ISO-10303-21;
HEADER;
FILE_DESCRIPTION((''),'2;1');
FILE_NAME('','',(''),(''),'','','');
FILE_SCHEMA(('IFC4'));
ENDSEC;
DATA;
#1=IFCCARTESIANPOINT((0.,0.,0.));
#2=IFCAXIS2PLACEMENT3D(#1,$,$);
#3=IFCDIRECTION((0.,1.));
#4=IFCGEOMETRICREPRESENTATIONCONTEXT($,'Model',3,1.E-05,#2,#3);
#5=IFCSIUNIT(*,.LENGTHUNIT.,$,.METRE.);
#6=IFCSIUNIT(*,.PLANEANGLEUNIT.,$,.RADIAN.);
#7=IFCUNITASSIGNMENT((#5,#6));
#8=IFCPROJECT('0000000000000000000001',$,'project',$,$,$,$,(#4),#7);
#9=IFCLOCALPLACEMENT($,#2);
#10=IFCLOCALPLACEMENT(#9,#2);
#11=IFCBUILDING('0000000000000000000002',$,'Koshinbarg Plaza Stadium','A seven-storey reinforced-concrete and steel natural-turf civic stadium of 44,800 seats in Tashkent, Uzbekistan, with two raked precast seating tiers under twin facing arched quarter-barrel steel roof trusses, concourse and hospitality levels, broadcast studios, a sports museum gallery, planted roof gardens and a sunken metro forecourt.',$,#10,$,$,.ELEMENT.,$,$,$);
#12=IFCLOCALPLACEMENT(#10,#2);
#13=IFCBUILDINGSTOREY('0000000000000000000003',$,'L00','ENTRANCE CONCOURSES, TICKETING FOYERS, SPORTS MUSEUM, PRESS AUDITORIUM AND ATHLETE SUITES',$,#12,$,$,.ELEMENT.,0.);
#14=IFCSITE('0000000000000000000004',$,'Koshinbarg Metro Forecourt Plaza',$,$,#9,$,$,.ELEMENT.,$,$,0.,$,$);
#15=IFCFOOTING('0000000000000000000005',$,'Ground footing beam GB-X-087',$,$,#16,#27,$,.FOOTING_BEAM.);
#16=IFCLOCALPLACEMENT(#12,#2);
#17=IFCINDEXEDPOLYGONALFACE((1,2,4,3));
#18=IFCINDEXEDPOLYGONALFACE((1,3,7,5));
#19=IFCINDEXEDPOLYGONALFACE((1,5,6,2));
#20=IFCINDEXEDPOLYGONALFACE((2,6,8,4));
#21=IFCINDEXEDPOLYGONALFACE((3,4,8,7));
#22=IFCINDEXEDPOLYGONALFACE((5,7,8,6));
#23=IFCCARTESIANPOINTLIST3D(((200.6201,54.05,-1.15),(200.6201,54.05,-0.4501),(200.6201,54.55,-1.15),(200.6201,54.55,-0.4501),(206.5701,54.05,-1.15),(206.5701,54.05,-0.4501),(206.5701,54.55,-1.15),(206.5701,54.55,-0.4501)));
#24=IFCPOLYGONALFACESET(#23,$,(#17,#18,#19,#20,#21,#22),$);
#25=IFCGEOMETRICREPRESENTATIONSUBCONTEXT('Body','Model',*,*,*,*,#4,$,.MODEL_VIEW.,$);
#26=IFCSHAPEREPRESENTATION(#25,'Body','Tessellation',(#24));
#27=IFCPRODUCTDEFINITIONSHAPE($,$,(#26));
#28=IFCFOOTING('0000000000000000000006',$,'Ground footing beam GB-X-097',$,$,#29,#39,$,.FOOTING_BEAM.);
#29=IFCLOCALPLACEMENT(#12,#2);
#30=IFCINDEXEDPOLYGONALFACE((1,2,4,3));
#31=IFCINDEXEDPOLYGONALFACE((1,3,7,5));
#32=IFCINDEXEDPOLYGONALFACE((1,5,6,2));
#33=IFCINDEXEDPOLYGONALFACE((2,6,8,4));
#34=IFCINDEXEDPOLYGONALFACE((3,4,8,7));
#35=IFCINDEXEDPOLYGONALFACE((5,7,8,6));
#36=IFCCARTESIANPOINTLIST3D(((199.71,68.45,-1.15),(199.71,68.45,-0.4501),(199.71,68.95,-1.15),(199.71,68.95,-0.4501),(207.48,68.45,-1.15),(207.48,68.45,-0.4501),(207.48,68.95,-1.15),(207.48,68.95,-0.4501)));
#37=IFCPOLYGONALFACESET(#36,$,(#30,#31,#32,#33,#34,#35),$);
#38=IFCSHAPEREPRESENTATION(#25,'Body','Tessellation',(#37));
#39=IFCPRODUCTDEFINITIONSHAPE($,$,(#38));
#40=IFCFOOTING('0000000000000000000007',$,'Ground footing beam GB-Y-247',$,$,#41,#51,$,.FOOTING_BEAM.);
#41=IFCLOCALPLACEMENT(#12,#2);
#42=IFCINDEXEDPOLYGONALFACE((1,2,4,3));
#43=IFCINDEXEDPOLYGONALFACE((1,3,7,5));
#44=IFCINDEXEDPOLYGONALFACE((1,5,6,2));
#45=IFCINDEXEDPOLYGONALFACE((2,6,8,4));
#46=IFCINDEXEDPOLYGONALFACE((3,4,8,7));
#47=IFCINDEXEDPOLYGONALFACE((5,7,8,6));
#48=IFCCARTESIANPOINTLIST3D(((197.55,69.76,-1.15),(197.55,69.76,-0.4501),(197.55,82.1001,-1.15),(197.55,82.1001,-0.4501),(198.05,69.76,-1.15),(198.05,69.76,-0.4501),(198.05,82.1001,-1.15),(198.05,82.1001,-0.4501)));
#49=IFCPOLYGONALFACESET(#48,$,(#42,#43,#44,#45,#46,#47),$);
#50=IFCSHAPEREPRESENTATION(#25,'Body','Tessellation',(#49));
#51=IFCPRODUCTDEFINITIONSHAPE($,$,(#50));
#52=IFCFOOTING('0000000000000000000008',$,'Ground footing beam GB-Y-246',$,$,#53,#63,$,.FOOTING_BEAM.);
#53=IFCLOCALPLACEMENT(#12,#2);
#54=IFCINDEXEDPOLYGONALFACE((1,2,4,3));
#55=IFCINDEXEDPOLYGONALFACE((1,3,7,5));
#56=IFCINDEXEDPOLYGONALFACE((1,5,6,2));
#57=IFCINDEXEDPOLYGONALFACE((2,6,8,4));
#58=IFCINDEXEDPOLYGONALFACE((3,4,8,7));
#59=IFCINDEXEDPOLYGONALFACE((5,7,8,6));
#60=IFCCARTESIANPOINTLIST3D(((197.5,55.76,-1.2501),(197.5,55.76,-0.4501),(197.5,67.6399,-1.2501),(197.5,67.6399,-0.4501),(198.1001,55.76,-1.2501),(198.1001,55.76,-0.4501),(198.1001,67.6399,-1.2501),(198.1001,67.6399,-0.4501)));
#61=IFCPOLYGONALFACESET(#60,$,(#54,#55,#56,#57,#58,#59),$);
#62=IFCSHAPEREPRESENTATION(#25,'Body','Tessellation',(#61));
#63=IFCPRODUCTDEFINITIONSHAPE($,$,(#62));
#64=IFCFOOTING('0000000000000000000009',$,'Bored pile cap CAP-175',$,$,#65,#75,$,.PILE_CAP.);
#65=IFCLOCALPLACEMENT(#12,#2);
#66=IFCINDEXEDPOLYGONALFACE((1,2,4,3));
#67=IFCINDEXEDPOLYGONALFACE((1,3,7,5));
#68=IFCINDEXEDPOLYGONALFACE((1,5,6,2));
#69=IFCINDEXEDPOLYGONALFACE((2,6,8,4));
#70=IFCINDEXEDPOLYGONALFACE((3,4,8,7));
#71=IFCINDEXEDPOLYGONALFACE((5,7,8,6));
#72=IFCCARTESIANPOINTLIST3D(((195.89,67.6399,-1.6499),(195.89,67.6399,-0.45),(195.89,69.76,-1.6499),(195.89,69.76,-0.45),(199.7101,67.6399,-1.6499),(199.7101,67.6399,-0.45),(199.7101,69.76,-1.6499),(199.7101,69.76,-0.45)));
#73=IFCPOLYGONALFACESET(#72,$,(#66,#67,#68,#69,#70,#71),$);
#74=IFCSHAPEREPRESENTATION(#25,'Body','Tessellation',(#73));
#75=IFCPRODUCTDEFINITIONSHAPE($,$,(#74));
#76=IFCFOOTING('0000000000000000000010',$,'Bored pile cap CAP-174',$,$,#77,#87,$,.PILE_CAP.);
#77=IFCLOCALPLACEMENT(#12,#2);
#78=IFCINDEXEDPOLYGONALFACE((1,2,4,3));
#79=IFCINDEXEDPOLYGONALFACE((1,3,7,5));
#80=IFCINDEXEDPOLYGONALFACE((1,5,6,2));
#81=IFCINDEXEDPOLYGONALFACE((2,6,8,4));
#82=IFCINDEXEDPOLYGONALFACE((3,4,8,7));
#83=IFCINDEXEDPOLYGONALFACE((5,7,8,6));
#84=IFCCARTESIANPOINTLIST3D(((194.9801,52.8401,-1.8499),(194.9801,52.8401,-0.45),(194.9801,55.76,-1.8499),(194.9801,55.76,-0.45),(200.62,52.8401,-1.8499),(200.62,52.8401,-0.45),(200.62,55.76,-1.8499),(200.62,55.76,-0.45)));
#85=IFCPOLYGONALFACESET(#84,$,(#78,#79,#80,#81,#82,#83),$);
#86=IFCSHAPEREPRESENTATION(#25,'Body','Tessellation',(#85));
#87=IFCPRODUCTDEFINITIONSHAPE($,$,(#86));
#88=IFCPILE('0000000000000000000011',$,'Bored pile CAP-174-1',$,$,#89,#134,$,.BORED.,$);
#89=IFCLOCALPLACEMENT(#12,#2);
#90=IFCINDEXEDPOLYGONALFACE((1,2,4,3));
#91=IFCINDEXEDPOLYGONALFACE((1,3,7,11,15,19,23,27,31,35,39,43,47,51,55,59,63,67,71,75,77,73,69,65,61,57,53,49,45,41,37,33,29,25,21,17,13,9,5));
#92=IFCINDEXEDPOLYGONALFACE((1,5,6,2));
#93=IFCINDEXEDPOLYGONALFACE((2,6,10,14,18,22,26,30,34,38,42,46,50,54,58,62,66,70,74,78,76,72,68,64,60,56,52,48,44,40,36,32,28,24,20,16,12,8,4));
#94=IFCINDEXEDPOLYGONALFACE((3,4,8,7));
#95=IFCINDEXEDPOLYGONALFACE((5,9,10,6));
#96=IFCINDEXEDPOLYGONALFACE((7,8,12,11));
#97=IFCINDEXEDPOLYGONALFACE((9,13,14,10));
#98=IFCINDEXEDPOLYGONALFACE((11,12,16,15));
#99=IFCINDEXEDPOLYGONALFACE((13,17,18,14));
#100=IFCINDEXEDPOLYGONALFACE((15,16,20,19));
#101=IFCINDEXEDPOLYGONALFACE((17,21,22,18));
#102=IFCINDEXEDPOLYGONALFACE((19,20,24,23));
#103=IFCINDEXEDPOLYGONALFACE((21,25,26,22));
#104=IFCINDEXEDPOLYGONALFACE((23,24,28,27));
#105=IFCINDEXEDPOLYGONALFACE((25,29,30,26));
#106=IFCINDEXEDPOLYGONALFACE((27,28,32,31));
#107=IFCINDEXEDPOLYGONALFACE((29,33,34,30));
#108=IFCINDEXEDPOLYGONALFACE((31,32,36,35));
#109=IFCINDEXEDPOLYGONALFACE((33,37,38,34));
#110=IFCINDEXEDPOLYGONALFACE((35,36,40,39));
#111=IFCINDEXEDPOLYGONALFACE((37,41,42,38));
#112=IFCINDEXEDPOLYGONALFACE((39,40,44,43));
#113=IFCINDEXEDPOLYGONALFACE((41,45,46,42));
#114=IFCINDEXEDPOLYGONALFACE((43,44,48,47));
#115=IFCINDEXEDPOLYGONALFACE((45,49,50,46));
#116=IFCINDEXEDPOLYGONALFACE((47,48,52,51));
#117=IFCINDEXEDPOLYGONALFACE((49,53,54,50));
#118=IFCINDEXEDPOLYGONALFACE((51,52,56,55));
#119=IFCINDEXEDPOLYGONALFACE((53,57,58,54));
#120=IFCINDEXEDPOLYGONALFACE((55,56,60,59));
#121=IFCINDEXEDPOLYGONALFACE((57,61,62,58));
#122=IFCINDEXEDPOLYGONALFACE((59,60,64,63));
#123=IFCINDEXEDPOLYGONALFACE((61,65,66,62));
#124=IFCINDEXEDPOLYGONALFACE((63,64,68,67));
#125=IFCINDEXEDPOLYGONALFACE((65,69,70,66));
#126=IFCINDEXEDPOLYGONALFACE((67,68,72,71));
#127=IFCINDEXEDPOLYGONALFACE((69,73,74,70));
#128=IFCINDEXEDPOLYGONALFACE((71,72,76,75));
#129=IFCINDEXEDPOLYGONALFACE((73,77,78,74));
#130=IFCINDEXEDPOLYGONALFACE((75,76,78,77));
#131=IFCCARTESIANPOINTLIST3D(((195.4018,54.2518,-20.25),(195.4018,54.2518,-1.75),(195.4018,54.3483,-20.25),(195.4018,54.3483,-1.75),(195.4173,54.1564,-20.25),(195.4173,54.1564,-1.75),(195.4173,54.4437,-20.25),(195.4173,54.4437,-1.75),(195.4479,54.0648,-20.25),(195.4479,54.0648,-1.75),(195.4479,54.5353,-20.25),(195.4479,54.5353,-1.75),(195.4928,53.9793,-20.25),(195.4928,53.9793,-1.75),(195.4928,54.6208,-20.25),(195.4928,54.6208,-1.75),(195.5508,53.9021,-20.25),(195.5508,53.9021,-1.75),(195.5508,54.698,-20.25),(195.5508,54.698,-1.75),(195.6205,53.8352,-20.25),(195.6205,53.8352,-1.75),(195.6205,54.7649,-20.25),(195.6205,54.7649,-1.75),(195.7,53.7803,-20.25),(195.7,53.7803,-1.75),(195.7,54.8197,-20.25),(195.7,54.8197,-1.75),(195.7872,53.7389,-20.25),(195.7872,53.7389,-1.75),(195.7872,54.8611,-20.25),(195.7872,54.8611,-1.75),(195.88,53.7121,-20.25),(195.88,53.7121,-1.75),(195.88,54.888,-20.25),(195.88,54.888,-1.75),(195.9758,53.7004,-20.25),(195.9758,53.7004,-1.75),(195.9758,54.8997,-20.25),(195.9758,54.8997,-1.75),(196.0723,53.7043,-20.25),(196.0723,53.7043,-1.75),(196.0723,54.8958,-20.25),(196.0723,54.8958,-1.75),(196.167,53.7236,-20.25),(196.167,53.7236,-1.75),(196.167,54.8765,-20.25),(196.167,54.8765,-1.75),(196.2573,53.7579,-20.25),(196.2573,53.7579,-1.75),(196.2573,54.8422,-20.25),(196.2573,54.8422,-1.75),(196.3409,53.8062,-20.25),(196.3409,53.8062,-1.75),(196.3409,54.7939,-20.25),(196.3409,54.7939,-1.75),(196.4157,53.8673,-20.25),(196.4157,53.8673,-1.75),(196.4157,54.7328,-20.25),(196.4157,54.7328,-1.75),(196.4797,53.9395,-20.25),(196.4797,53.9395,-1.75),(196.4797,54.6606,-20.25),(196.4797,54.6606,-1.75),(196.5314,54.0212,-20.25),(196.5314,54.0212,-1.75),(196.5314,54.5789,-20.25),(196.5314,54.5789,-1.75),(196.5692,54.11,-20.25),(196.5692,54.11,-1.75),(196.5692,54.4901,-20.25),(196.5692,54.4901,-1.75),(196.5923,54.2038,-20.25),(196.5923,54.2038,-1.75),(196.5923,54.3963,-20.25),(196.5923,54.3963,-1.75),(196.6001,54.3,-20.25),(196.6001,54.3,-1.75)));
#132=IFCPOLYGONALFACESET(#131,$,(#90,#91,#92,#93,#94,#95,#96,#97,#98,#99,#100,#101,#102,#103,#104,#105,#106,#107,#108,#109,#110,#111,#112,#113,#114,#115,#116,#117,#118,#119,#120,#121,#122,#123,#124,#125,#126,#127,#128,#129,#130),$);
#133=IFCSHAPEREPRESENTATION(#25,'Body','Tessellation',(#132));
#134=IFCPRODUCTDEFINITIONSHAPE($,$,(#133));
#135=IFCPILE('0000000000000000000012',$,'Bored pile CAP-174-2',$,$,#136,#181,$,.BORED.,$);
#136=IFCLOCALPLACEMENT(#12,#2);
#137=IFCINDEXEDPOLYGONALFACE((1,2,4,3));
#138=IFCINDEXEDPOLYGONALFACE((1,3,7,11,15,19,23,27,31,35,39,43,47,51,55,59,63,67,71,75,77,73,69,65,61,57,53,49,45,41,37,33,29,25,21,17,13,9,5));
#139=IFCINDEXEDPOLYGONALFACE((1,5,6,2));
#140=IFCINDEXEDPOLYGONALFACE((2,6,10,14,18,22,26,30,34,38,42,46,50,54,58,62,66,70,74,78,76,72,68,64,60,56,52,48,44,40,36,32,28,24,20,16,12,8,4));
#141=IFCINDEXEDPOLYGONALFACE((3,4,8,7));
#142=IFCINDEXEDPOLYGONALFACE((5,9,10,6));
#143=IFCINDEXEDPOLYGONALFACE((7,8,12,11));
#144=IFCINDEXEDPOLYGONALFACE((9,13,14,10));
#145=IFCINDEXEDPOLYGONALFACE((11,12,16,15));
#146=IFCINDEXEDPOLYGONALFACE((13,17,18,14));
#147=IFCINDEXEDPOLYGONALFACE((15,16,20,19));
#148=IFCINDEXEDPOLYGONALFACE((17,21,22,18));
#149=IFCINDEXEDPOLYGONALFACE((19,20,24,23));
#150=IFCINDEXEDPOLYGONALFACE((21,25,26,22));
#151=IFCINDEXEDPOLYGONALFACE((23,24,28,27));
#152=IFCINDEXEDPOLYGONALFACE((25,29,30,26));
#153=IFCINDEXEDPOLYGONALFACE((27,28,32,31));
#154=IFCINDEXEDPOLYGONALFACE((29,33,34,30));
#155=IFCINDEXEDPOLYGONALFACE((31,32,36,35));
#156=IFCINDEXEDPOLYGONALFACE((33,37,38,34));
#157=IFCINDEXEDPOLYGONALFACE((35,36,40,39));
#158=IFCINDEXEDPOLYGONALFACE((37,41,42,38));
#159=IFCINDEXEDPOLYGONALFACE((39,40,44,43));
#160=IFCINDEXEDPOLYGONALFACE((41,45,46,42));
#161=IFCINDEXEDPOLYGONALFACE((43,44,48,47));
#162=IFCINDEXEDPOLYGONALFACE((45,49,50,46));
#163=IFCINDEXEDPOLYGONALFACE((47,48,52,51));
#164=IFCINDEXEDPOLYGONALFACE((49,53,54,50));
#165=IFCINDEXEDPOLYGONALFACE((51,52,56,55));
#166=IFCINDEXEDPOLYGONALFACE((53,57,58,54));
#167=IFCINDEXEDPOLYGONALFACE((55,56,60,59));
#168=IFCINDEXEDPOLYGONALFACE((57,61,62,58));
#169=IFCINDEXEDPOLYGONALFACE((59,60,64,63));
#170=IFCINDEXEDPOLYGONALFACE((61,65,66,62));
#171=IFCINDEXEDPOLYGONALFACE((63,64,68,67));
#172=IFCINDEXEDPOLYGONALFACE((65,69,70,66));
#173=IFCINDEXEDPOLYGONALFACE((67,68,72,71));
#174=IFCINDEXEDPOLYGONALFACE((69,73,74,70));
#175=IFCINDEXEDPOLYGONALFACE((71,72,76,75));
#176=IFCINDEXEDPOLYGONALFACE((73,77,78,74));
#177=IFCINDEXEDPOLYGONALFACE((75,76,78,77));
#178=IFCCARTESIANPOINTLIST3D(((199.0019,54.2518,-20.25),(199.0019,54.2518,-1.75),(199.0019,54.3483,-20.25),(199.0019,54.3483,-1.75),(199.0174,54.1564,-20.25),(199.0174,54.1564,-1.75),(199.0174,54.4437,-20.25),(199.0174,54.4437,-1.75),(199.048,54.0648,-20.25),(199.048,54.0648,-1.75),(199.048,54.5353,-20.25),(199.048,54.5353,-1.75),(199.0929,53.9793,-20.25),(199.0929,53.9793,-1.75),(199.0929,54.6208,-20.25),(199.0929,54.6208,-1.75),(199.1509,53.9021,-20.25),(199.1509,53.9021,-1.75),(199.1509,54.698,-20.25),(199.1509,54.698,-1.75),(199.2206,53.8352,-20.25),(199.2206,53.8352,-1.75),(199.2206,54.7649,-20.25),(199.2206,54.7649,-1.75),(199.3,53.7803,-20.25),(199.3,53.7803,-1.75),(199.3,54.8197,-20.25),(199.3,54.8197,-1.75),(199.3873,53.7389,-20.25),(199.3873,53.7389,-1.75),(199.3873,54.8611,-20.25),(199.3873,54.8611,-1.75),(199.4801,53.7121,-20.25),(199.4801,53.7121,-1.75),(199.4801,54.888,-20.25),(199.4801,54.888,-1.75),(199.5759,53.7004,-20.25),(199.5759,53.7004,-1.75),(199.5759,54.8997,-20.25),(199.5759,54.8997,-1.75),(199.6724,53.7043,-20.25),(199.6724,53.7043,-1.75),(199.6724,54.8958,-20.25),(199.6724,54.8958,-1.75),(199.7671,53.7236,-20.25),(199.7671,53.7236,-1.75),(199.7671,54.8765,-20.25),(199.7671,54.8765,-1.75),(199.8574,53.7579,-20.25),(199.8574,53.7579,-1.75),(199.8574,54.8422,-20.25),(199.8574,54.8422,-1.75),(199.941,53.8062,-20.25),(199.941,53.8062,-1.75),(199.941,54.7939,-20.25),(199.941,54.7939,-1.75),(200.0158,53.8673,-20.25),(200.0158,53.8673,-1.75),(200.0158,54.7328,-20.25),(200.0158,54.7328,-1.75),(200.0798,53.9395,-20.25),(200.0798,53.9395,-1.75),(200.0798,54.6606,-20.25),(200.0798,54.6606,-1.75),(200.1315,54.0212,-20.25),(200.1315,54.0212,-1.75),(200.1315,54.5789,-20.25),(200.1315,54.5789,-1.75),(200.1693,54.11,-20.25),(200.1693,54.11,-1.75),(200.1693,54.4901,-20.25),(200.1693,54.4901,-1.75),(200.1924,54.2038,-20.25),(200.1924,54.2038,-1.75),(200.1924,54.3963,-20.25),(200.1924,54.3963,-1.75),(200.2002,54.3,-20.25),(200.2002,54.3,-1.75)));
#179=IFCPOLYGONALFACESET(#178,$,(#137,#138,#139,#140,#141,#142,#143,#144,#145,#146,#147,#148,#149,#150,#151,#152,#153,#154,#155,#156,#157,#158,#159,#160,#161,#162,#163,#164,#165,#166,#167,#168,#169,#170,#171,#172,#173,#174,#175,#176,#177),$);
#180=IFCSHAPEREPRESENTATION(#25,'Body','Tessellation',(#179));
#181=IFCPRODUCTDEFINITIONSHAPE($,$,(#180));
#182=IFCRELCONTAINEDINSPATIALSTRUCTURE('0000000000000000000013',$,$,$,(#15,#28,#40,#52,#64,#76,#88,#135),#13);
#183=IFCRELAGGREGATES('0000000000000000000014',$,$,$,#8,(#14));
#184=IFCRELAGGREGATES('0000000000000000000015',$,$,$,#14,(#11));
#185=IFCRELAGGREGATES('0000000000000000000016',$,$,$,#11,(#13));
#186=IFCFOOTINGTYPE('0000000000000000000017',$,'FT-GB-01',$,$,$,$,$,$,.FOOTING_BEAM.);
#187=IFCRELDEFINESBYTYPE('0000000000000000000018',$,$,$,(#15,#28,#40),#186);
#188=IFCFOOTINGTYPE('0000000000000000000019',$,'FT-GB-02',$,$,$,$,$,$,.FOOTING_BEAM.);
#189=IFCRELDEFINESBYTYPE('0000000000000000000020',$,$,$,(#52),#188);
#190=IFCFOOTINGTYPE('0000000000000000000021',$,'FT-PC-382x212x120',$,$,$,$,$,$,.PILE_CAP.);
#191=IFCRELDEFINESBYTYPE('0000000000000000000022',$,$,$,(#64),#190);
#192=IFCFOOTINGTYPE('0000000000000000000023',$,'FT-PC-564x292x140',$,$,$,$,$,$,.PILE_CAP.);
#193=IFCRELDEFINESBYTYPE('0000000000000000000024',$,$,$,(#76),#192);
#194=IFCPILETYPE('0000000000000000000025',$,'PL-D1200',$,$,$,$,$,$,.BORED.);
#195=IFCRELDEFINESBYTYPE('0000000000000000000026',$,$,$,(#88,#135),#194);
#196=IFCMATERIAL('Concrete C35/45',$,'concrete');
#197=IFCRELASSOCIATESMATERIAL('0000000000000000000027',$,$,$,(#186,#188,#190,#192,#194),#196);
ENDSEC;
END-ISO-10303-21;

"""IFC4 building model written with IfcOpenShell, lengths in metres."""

from ifc_helpers import new_model, si_unit, direction, frame, origin, origin_2d, place, context, subcontext, project, spatial, rectangle, circle, extrude, material, material_profile, profile_set, type_object, element, save


model = new_model("IFC4")

# Units and contexts
model_context = context("Model", 3, precision=1e-05, world=origin(), true_north=direction((0.0, 1.0)))
body_context = subcontext(model_context, "Body", "Model", "MODEL_VIEW")
ifc_project = project(units=[si_unit("LENGTHUNIT", "METRE"), si_unit("PLANEANGLEUNIT", "RADIAN")], contexts=[model_context])

# Site, building, storey
site_placement = place(None, origin())
site = spatial("IfcSite", under=ifc_project, at=site_placement, Name="Koshinbarg Metro Forecourt Plaza", CompositionType="ELEMENT", RefElevation=0.0)
building_placement = place(site_placement, origin())
building = spatial("IfcBuilding", under=site, at=building_placement, Name="Koshinbarg Plaza Stadium", Description="A seven-storey reinforced-concrete and steel natural-turf civic stadium of 44,800 seats in Tashkent, Uzbekistan, with two raked precast seating tiers under twin facing arched quarter-barrel steel roof trusses, concourse and hospitality levels, broadcast studios, a sports museum gallery, planted roof gardens and a sunken metro forecourt.", CompositionType="ELEMENT")
storey_placement = place(building_placement, origin())
storey = spatial("IfcBuildingStorey", under=building, at=storey_placement, Name="L00", Description="ENTRANCE CONCOURSES, TICKETING FOYERS, SPORTS MUSEUM, PRESS AUDITORIUM AND ATHLETE SUITES", CompositionType="ELEMENT", Elevation=0.0)

# Footings
ifc_material_1 = material(Name="Concrete C35/45", Category="concrete")
ifc_material_profile_1 = material_profile(ifc_material_1, rectangle(XDim=0.5, YDim=0.7, at=origin_2d()), Name="GB 500x700")
ifc_profile_set_1 = profile_set([ifc_material_profile_1], Name="Concrete C35/45")
footing_type_1 = type_object("IfcFootingType", Name="FT-GB-01", PredefinedType="FOOTING_BEAM", material=ifc_profile_set_1)
footing_1_placement = place(storey_placement, frame((200.6201, 54.3, -0.8), z_axis=(1.0, 0.0, 0.0), x_axis=(0.0, 1.0, 0.0)))
element("IfcFooting", 1, at=footing_1_placement, inside=storey, type_object=footing_type_1, Name="Ground footing beam GB-X-087", PredefinedType="FOOTING_BEAM", context=body_context, shape_type="SweptSolid", body=[
    extrude(rectangle(XDim=0.5, YDim=0.7, at=origin_2d()), origin(), (0.0, 0.0, 1.0), 5.95),
])
footing_2_placement = place(storey_placement, frame((199.71, 68.7, -0.8), z_axis=(1.0, 0.0, 0.0), x_axis=(0.0, 1.0, 0.0)))
element("IfcFooting", 2, at=footing_2_placement, inside=storey, type_object=footing_type_1, Name="Ground footing beam GB-X-097", PredefinedType="FOOTING_BEAM", context=body_context, shape_type="SweptSolid", body=[
    extrude(rectangle(XDim=0.5, YDim=0.7, at=origin_2d()), origin(), (0.0, 0.0, 1.0), 7.77),
])
footing_3_placement = place(storey_placement, frame((197.8, 69.76, -0.8), z_axis=(0.0, 1.0, 0.0), x_axis=(-1.0, 0.0, 0.0)))
element("IfcFooting", 3, at=footing_3_placement, inside=storey, type_object=footing_type_1, Name="Ground footing beam GB-Y-247", PredefinedType="FOOTING_BEAM", context=body_context, shape_type="SweptSolid", body=[
    extrude(rectangle(XDim=0.5, YDim=0.7, at=origin_2d()), origin(), (0.0, 0.0, 1.0), 12.3401),
])
ifc_material_profile_2 = material_profile(ifc_material_1, rectangle(XDim=0.6001, YDim=0.8, at=origin_2d()), Name="GB 600x800")
ifc_profile_set_2 = profile_set([ifc_material_profile_2], Name="Concrete C35/45")
footing_type_2 = type_object("IfcFootingType", Name="FT-GB-02", PredefinedType="FOOTING_BEAM", material=ifc_profile_set_2)
footing_4_placement = place(storey_placement, frame((197.8, 55.76, -0.8501), z_axis=(0.0, 1.0, 0.0), x_axis=(-1.0, 0.0, 0.0)))
element("IfcFooting", 4, at=footing_4_placement, inside=storey, type_object=footing_type_2, Name="Ground footing beam GB-Y-246", PredefinedType="FOOTING_BEAM", context=body_context, shape_type="SweptSolid", body=[
    extrude(rectangle(XDim=0.6001, YDim=0.8, at=origin_2d()), origin(), (0.0, 0.0, 1.0), 11.8799),
])
footing_type_3 = type_object("IfcFootingType", Name="FT-PC-382x212x120", PredefinedType="PILE_CAP", material=ifc_material_1)
footing_5_placement = place(storey_placement, frame((197.8, 68.7, -1.6499), z_axis=(0.0, 0.0, 1.0), x_axis=(1.0, 0.0, 0.0)))
element("IfcFooting", 5, at=footing_5_placement, inside=storey, type_object=footing_type_3, Name="Bored pile cap CAP-175", PredefinedType="PILE_CAP", context=body_context, shape_type="SweptSolid", body=[
    extrude(rectangle(XDim=3.8201, YDim=2.1201, at=origin_2d()), origin(), (0.0, 0.0, 1.0), 1.2),
])
footing_type_4 = type_object("IfcFootingType", Name="FT-PC-564x292x140", PredefinedType="PILE_CAP", material=ifc_material_1)
footing_6_placement = place(storey_placement, frame((197.8, 54.3, -1.8499), z_axis=(0.0, 0.0, 1.0), x_axis=(1.0, 0.0, 0.0)))
element("IfcFooting", 6, at=footing_6_placement, inside=storey, type_object=footing_type_4, Name="Bored pile cap CAP-174", PredefinedType="PILE_CAP", context=body_context, shape_type="SweptSolid", body=[
    extrude(rectangle(XDim=5.6399, YDim=2.9199, at=origin_2d()), origin(), (0.0, 0.0, 1.0), 1.3999),
])

# Piles
ifc_material_profile_3 = material_profile(ifc_material_1, circle(Radius=0.6001, at=origin_2d()), Name="PILE D1200")
ifc_profile_set_3 = profile_set([ifc_material_profile_3], Name="Concrete C35/45")
pile_type_1 = type_object("IfcPileType", Name="PL-D1200", PredefinedType="BORED", material=ifc_profile_set_3)
for number, where, z_axis, x_axis, name in (
    (7, (196.0, 54.3, -1.75), (0.0, 0.0, -1.0), (1.0, 0.0, 0.0), "Bored pile CAP-174-1"),
    (8, (199.6001, 54.3, -1.75), (0.0, 0.0, -1.0), (1.0, 0.0, 0.0), "Bored pile CAP-174-2"),
):
    element("IfcPile", number, at=place(storey_placement, frame(where, z_axis=z_axis, x_axis=x_axis)), inside=storey, type_object=pile_type_1, Name=name, PredefinedType="BORED", context=body_context, shape_type="SweptSolid", body=[
        extrude(circle(Radius=0.6001, at=origin_2d()), origin(), (0.0, 0.0, 1.0), 18.5),
    ])

save(model, "model.ifc")
